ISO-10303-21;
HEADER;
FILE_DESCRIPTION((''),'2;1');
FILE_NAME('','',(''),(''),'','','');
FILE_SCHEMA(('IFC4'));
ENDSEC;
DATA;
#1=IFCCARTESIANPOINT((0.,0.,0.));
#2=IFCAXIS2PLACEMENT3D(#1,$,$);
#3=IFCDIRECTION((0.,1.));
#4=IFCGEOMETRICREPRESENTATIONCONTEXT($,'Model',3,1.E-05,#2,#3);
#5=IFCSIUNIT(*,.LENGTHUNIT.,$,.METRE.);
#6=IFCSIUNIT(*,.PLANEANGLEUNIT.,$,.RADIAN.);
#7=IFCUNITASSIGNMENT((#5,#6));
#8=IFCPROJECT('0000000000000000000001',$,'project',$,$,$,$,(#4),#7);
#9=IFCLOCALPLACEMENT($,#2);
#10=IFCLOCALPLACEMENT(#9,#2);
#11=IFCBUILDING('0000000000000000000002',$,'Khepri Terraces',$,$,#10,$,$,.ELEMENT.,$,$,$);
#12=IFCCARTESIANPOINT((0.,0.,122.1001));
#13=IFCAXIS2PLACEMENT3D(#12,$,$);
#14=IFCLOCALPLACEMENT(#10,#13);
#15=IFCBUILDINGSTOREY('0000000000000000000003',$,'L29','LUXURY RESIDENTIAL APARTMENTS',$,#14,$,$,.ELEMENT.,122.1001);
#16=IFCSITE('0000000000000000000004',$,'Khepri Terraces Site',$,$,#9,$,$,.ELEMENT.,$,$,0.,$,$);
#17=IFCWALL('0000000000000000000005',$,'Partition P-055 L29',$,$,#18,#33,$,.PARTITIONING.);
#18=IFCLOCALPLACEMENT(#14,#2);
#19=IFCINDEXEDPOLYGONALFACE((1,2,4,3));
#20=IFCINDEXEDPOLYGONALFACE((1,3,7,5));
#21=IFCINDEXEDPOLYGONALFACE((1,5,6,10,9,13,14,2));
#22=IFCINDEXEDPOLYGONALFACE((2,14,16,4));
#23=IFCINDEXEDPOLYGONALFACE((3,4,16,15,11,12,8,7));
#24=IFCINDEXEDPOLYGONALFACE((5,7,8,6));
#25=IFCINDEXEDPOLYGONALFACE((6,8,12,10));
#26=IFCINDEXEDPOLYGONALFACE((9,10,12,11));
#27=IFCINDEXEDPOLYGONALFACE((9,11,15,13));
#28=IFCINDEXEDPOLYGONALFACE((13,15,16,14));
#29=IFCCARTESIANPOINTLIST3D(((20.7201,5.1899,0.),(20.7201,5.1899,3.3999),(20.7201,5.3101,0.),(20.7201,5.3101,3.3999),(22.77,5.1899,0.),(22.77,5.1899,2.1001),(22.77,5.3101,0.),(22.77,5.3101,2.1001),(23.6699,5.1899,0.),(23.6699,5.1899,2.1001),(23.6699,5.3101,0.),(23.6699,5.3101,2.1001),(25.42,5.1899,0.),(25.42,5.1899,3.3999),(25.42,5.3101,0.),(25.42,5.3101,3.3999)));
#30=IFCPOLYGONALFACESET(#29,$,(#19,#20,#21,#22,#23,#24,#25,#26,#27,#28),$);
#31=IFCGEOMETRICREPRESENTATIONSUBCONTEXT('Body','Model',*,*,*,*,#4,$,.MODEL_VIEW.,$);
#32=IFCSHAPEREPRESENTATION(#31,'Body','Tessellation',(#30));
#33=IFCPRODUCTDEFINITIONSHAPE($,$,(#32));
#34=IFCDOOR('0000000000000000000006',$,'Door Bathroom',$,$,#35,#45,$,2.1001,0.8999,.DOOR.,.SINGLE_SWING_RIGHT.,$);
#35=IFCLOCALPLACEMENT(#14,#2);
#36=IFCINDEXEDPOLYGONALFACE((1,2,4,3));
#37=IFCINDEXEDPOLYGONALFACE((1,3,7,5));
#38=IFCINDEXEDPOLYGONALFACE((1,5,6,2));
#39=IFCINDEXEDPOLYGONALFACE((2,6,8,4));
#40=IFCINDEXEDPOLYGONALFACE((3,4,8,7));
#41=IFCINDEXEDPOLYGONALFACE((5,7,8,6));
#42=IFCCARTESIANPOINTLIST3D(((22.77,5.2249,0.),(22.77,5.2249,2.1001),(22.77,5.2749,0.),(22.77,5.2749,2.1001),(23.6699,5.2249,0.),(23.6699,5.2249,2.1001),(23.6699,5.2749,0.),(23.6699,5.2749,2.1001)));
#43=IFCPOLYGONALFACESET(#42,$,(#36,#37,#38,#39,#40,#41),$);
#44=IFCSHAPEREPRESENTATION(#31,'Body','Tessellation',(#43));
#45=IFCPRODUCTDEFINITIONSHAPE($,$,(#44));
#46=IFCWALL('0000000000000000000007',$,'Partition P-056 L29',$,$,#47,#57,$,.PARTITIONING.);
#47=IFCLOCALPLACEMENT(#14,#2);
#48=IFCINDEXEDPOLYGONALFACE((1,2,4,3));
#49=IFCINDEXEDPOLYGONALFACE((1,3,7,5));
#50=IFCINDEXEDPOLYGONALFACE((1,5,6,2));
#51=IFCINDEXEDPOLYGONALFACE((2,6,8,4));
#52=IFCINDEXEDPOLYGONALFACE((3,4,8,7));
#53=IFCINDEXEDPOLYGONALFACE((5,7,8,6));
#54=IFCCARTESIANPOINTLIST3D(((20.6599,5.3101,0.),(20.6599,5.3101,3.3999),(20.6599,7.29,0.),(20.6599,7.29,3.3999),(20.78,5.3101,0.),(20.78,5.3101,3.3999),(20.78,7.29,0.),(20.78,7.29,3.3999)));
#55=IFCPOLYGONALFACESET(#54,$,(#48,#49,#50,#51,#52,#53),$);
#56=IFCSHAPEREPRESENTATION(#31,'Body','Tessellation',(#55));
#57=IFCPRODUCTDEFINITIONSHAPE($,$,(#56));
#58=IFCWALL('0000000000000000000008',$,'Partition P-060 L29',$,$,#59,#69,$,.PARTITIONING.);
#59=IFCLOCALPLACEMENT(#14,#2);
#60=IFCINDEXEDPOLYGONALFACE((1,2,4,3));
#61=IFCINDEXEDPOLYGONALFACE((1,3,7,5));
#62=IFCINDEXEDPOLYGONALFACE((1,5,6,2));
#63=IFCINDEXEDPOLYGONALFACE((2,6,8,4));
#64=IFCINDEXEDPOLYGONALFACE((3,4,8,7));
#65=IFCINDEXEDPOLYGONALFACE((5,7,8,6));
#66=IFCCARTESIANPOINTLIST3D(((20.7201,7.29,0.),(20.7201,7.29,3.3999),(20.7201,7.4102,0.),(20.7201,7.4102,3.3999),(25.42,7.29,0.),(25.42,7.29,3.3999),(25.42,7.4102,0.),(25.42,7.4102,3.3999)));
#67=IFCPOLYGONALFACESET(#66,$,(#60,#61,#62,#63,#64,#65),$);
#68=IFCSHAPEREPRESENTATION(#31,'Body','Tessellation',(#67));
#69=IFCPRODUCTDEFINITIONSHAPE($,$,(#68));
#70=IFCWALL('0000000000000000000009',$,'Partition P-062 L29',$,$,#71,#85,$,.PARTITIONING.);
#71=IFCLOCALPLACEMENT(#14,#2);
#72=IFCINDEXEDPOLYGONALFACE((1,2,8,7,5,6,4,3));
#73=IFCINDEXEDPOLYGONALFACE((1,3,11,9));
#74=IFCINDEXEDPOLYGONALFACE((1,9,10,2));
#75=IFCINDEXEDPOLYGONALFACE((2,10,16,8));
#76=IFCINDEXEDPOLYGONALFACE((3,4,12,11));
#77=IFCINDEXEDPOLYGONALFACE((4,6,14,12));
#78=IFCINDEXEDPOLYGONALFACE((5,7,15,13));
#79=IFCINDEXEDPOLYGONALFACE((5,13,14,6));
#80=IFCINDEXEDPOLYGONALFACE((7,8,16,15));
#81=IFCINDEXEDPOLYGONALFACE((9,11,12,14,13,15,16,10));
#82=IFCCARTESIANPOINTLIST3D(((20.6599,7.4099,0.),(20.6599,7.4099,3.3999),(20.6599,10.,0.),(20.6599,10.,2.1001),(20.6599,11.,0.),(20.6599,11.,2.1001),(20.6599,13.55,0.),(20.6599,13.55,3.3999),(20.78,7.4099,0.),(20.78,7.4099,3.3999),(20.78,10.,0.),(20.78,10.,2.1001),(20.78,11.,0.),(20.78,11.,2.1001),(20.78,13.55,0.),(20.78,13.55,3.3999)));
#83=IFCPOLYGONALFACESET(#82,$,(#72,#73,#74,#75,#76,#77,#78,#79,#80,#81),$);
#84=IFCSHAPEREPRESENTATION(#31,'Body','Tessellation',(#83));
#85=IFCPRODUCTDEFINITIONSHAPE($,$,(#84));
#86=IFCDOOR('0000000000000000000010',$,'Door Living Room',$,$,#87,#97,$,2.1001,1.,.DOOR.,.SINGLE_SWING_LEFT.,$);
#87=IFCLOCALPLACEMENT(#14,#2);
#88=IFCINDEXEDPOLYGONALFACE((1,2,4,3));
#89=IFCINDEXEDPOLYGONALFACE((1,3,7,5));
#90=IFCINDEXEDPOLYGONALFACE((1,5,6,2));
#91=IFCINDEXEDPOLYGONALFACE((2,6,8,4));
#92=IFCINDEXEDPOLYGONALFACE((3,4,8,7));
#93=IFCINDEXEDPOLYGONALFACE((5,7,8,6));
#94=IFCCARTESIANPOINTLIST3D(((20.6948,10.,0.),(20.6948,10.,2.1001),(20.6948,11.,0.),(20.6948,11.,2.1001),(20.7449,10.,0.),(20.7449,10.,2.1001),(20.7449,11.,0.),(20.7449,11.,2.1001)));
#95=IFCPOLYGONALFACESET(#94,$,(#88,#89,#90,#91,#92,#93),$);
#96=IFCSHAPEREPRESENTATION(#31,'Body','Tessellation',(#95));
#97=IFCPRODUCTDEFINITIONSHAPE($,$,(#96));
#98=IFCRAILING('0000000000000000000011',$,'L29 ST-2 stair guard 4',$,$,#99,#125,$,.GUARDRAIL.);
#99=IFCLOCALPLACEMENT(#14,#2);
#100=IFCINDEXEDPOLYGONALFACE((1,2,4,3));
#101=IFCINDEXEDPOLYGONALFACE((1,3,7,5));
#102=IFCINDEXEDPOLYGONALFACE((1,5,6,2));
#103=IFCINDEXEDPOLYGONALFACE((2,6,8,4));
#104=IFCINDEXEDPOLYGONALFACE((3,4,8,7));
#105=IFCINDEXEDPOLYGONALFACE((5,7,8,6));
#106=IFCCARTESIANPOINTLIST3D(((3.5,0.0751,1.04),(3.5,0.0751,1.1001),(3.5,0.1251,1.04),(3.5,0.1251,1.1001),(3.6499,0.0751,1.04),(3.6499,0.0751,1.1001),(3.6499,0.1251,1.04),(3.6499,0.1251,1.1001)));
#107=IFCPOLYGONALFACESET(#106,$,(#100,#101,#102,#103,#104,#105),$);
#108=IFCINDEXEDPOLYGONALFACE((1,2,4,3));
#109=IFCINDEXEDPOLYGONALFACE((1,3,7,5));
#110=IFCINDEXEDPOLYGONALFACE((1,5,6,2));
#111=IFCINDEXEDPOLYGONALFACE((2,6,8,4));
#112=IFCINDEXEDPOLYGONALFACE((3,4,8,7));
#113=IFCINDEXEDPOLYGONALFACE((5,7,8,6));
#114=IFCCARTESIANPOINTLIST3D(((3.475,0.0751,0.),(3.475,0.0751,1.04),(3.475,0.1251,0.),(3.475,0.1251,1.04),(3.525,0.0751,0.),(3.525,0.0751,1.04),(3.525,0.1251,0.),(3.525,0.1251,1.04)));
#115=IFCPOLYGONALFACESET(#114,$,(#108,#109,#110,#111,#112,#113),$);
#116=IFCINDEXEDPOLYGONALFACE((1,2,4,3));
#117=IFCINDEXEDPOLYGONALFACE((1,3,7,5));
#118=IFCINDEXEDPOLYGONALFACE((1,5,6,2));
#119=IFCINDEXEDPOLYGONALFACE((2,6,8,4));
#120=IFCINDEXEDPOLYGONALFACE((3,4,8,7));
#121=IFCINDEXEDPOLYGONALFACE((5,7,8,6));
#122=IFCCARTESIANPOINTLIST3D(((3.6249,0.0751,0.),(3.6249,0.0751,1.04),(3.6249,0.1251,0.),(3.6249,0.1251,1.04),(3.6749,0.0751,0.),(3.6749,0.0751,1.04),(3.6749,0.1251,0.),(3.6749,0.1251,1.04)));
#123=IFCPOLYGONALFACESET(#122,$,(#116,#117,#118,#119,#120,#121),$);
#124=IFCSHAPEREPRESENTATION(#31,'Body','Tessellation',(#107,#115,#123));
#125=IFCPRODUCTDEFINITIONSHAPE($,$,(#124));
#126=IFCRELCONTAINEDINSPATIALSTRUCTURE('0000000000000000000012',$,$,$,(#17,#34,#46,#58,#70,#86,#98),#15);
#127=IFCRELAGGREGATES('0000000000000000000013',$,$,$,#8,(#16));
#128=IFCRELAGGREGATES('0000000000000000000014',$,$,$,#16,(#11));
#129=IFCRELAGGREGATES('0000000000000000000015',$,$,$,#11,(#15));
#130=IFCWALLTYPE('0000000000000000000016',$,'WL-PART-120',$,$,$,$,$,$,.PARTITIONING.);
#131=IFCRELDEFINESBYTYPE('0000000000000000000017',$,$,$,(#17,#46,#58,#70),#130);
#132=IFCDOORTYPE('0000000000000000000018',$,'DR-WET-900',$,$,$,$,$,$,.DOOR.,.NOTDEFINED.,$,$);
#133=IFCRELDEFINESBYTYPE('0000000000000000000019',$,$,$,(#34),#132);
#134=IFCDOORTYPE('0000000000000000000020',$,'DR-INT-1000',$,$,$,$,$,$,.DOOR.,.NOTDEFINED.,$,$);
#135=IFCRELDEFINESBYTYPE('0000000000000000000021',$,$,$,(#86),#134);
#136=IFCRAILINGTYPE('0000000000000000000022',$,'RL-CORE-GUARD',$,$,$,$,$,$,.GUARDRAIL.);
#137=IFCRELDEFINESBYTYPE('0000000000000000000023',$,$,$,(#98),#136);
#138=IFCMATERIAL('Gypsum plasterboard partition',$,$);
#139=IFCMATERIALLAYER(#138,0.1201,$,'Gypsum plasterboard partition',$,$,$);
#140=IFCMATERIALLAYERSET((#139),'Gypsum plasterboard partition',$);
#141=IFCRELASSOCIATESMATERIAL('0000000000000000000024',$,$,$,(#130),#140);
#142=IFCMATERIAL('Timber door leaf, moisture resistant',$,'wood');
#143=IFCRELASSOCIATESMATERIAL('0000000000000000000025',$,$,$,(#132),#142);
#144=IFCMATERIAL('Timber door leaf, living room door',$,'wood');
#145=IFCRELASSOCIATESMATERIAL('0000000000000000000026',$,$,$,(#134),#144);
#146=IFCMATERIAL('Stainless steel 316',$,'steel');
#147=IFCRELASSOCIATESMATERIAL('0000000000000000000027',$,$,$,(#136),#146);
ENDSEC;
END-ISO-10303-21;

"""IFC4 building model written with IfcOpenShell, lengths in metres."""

from ifc_helpers import new_model, si_unit, direction, frame, frame_2d, origin, origin_2d, place, context, subcontext, project, spatial, rectangle, extrude, material, layer, layer_set, type_object, element, fill, save


model = new_model("IFC4")

# Units and contexts
model_context = context("Model", 3, precision=1e-05, world=origin(), true_north=direction((0.0, 1.0)))
body_context = subcontext(model_context, "Body", "Model", "MODEL_VIEW")
ifc_project = project(units=[si_unit("LENGTHUNIT", "METRE"), si_unit("PLANEANGLEUNIT", "RADIAN")], contexts=[model_context])

# Site, building, storey
site_placement = place(None, origin())
site = spatial("IfcSite", under=ifc_project, at=site_placement, Name="Khepri Terraces Site", CompositionType="ELEMENT", RefElevation=0.0)
building_placement = place(site_placement, origin())
building = spatial("IfcBuilding", under=site, at=building_placement, Name="Khepri Terraces", CompositionType="ELEMENT")
storey_placement = place(building_placement, frame((0.0, 0.0, 122.1001)))
storey = spatial("IfcBuildingStorey", under=building, at=storey_placement, Name="L29", Description="LUXURY RESIDENTIAL APARTMENTS", CompositionType="ELEMENT", Elevation=122.1001)

# Shared definitions
ifc_material_1 = material(Name="Gypsum plasterboard partition")
ifc_layer_1 = layer(ifc_material_1, 0.1201, Name="Gypsum plasterboard partition")
ifc_layer_set_1 = layer_set([ifc_layer_1], Name="Gypsum plasterboard partition")
wall_type_1 = type_object("IfcWallType", Name="WL-PART-120", PredefinedType="PARTITIONING", material=ifc_layer_set_1)

# Wall, opening, door
wall_1_placement = place(storey_placement, frame((20.72, 5.25, 0.0), z_axis=(0.0, 0.0, 1.0), x_axis=(1.0, 0.0, 0.0)))
wall_1 = element("IfcWall", 1, at=wall_1_placement, inside=storey, type_object=wall_type_1, Name="Partition P-055 L29", PredefinedType="PARTITIONING", context=body_context, shape_type="SweptSolid", body=[
    extrude(rectangle(XDim=4.7, YDim=0.1201, at=frame_2d((2.3501, 0.0))), origin(), (0.0, 0.0, 1.0), 3.3999),
])
opening_1_placement = place(wall_1_placement, frame((2.05, 0.0, 0.0)))
opening_1 = element("IfcOpeningElement", 2, at=opening_1_placement, cuts=wall_1, PredefinedType="OPENING", context=body_context, shape_type="SweptSolid", body=[
    extrude(rectangle(XDim=0.8999, YDim=2.1001, at=frame_2d((0.45, 1.05))), frame((0.0, 0.0701, 0.0), z_axis=(0.0, -1.0, 0.0), x_axis=(1.0, 0.0, 0.0)), (0.0, 0.0, 1.0), 0.1401),
])
ifc_material_2 = material(Name="Timber door leaf, moisture resistant", Category="wood")
door_type_1 = type_object("IfcDoorType", Name="DR-WET-900", OperationType="NOTDEFINED", PredefinedType="DOOR", material=ifc_material_2)
door_1_placement = place(opening_1_placement, origin())
door_1 = element("IfcDoor", 3, at=door_1_placement, inside=storey, type_object=door_type_1, Name="Door Bathroom", OperationType="SINGLE_SWING_RIGHT", OverallHeight=2.1001, OverallWidth=0.8999, PredefinedType="DOOR", context=body_context, shape_type="SweptSolid", body=[
    extrude(rectangle(XDim=0.8999, YDim=2.1001, at=frame_2d((0.45, 1.05))), frame((0.0, 0.0249, 0.0), z_axis=(0.0, -1.0, 0.0), x_axis=(1.0, 0.0, 0.0)), (0.0, 0.0, 1.0), 0.05),
])
fill(opening_1, door_1)

# Walls
wall_2_placement = place(storey_placement, frame((20.72, 5.3101, 0.0), z_axis=(0.0, 0.0, 1.0), x_axis=(0.0, 1.0, 0.0)))
element("IfcWall", 4, at=wall_2_placement, inside=storey, type_object=wall_type_1, Name="Partition P-056 L29", PredefinedType="PARTITIONING", context=body_context, shape_type="SweptSolid", body=[
    extrude(rectangle(XDim=1.98, YDim=0.1201, at=frame_2d((0.99, 0.0))), origin(), (0.0, 0.0, 1.0), 3.3999),
])
wall_3_placement = place(storey_placement, frame((20.72, 7.3501, 0.0), z_axis=(0.0, 0.0, 1.0), x_axis=(1.0, 0.0, 0.0)))
element("IfcWall", 5, at=wall_3_placement, inside=storey, type_object=wall_type_1, Name="Partition P-060 L29", PredefinedType="PARTITIONING", context=body_context, shape_type="SweptSolid", body=[
    extrude(rectangle(XDim=4.7, YDim=0.1201, at=frame_2d((2.3501, 0.0))), origin(), (0.0, 0.0, 1.0), 3.3999),
])

# Wall, opening, door
wall_4_placement = place(storey_placement, frame((20.72, 7.4099, 0.0), z_axis=(0.0, 0.0, 1.0), x_axis=(0.0, 1.0, 0.0)))
wall_4 = element("IfcWall", 6, at=wall_4_placement, inside=storey, type_object=wall_type_1, Name="Partition P-062 L29", PredefinedType="PARTITIONING", context=body_context, shape_type="SweptSolid", body=[
    extrude(rectangle(XDim=6.1401, YDim=0.1201, at=frame_2d((3.0701, 0.0))), origin(), (0.0, 0.0, 1.0), 3.3999),
])
opening_2_placement = place(wall_4_placement, frame((2.5901, 0.0, 0.0)))
opening_2 = element("IfcOpeningElement", 7, at=opening_2_placement, cuts=wall_4, PredefinedType="OPENING", context=body_context, shape_type="SweptSolid", body=[
    extrude(rectangle(XDim=1.0, YDim=2.1001, at=frame_2d((0.5, 1.05))), frame((0.0, 0.0701, 0.0), z_axis=(0.0, -1.0, 0.0), x_axis=(1.0, 0.0, 0.0)), (0.0, 0.0, 1.0), 0.1401),
])
ifc_material_3 = material(Name="Timber door leaf, living room door", Category="wood")
door_type_2 = type_object("IfcDoorType", Name="DR-INT-1000", OperationType="NOTDEFINED", PredefinedType="DOOR", material=ifc_material_3)
door_2_placement = place(opening_2_placement, frame((1.0, 0.0, 0.0), z_axis=(0.0, 0.0, 1.0), x_axis=(-1.0, 0.0, 0.0)))
door_2 = element("IfcDoor", 8, at=door_2_placement, inside=storey, type_object=door_type_2, Name="Door Living Room", OperationType="SINGLE_SWING_LEFT", OverallHeight=2.1001, OverallWidth=1.0, PredefinedType="DOOR", context=body_context, shape_type="SweptSolid", body=[
    extrude(rectangle(XDim=1.0, YDim=2.1001, at=frame_2d((0.5, 1.05))), frame((0.0, 0.0249, 0.0), z_axis=(0.0, -1.0, 0.0), x_axis=(1.0, 0.0, 0.0)), (0.0, 0.0, 1.0), 0.05),
])
fill(opening_2, door_2)

# Railing
ifc_material_4 = material(Name="Stainless steel 316", Category="steel")
railing_type = type_object("IfcRailingType", Name="RL-CORE-GUARD", PredefinedType="GUARDRAIL", material=ifc_material_4)
railing_placement = place(storey_placement, frame((3.5, 0.1001, 0.0)))
element("IfcRailing", 9, at=railing_placement, inside=storey, type_object=railing_type, Name="L29 ST-2 stair guard 4", PredefinedType="GUARDRAIL", context=body_context, shape_type="SweptSolid", body=[
    extrude(rectangle(XDim=0.05, YDim=0.0601, at=origin_2d()), frame((0.0, 0.0, 1.0701), z_axis=(1.0, 0.0, 0.0), x_axis=(0.0, 1.0, 0.0)), (0.0, 0.0, 1.0), 0.1499),
    extrude(rectangle(XDim=0.05, YDim=0.05, at=origin_2d()), origin(), (0.0, 0.0, 1.0), 1.04),
    extrude(rectangle(XDim=0.05, YDim=0.05, at=origin_2d()), frame((0.1499, 0.0, 0.0)), (0.0, 0.0, 1.0), 1.04),
])

save(model, "model.ifc")
